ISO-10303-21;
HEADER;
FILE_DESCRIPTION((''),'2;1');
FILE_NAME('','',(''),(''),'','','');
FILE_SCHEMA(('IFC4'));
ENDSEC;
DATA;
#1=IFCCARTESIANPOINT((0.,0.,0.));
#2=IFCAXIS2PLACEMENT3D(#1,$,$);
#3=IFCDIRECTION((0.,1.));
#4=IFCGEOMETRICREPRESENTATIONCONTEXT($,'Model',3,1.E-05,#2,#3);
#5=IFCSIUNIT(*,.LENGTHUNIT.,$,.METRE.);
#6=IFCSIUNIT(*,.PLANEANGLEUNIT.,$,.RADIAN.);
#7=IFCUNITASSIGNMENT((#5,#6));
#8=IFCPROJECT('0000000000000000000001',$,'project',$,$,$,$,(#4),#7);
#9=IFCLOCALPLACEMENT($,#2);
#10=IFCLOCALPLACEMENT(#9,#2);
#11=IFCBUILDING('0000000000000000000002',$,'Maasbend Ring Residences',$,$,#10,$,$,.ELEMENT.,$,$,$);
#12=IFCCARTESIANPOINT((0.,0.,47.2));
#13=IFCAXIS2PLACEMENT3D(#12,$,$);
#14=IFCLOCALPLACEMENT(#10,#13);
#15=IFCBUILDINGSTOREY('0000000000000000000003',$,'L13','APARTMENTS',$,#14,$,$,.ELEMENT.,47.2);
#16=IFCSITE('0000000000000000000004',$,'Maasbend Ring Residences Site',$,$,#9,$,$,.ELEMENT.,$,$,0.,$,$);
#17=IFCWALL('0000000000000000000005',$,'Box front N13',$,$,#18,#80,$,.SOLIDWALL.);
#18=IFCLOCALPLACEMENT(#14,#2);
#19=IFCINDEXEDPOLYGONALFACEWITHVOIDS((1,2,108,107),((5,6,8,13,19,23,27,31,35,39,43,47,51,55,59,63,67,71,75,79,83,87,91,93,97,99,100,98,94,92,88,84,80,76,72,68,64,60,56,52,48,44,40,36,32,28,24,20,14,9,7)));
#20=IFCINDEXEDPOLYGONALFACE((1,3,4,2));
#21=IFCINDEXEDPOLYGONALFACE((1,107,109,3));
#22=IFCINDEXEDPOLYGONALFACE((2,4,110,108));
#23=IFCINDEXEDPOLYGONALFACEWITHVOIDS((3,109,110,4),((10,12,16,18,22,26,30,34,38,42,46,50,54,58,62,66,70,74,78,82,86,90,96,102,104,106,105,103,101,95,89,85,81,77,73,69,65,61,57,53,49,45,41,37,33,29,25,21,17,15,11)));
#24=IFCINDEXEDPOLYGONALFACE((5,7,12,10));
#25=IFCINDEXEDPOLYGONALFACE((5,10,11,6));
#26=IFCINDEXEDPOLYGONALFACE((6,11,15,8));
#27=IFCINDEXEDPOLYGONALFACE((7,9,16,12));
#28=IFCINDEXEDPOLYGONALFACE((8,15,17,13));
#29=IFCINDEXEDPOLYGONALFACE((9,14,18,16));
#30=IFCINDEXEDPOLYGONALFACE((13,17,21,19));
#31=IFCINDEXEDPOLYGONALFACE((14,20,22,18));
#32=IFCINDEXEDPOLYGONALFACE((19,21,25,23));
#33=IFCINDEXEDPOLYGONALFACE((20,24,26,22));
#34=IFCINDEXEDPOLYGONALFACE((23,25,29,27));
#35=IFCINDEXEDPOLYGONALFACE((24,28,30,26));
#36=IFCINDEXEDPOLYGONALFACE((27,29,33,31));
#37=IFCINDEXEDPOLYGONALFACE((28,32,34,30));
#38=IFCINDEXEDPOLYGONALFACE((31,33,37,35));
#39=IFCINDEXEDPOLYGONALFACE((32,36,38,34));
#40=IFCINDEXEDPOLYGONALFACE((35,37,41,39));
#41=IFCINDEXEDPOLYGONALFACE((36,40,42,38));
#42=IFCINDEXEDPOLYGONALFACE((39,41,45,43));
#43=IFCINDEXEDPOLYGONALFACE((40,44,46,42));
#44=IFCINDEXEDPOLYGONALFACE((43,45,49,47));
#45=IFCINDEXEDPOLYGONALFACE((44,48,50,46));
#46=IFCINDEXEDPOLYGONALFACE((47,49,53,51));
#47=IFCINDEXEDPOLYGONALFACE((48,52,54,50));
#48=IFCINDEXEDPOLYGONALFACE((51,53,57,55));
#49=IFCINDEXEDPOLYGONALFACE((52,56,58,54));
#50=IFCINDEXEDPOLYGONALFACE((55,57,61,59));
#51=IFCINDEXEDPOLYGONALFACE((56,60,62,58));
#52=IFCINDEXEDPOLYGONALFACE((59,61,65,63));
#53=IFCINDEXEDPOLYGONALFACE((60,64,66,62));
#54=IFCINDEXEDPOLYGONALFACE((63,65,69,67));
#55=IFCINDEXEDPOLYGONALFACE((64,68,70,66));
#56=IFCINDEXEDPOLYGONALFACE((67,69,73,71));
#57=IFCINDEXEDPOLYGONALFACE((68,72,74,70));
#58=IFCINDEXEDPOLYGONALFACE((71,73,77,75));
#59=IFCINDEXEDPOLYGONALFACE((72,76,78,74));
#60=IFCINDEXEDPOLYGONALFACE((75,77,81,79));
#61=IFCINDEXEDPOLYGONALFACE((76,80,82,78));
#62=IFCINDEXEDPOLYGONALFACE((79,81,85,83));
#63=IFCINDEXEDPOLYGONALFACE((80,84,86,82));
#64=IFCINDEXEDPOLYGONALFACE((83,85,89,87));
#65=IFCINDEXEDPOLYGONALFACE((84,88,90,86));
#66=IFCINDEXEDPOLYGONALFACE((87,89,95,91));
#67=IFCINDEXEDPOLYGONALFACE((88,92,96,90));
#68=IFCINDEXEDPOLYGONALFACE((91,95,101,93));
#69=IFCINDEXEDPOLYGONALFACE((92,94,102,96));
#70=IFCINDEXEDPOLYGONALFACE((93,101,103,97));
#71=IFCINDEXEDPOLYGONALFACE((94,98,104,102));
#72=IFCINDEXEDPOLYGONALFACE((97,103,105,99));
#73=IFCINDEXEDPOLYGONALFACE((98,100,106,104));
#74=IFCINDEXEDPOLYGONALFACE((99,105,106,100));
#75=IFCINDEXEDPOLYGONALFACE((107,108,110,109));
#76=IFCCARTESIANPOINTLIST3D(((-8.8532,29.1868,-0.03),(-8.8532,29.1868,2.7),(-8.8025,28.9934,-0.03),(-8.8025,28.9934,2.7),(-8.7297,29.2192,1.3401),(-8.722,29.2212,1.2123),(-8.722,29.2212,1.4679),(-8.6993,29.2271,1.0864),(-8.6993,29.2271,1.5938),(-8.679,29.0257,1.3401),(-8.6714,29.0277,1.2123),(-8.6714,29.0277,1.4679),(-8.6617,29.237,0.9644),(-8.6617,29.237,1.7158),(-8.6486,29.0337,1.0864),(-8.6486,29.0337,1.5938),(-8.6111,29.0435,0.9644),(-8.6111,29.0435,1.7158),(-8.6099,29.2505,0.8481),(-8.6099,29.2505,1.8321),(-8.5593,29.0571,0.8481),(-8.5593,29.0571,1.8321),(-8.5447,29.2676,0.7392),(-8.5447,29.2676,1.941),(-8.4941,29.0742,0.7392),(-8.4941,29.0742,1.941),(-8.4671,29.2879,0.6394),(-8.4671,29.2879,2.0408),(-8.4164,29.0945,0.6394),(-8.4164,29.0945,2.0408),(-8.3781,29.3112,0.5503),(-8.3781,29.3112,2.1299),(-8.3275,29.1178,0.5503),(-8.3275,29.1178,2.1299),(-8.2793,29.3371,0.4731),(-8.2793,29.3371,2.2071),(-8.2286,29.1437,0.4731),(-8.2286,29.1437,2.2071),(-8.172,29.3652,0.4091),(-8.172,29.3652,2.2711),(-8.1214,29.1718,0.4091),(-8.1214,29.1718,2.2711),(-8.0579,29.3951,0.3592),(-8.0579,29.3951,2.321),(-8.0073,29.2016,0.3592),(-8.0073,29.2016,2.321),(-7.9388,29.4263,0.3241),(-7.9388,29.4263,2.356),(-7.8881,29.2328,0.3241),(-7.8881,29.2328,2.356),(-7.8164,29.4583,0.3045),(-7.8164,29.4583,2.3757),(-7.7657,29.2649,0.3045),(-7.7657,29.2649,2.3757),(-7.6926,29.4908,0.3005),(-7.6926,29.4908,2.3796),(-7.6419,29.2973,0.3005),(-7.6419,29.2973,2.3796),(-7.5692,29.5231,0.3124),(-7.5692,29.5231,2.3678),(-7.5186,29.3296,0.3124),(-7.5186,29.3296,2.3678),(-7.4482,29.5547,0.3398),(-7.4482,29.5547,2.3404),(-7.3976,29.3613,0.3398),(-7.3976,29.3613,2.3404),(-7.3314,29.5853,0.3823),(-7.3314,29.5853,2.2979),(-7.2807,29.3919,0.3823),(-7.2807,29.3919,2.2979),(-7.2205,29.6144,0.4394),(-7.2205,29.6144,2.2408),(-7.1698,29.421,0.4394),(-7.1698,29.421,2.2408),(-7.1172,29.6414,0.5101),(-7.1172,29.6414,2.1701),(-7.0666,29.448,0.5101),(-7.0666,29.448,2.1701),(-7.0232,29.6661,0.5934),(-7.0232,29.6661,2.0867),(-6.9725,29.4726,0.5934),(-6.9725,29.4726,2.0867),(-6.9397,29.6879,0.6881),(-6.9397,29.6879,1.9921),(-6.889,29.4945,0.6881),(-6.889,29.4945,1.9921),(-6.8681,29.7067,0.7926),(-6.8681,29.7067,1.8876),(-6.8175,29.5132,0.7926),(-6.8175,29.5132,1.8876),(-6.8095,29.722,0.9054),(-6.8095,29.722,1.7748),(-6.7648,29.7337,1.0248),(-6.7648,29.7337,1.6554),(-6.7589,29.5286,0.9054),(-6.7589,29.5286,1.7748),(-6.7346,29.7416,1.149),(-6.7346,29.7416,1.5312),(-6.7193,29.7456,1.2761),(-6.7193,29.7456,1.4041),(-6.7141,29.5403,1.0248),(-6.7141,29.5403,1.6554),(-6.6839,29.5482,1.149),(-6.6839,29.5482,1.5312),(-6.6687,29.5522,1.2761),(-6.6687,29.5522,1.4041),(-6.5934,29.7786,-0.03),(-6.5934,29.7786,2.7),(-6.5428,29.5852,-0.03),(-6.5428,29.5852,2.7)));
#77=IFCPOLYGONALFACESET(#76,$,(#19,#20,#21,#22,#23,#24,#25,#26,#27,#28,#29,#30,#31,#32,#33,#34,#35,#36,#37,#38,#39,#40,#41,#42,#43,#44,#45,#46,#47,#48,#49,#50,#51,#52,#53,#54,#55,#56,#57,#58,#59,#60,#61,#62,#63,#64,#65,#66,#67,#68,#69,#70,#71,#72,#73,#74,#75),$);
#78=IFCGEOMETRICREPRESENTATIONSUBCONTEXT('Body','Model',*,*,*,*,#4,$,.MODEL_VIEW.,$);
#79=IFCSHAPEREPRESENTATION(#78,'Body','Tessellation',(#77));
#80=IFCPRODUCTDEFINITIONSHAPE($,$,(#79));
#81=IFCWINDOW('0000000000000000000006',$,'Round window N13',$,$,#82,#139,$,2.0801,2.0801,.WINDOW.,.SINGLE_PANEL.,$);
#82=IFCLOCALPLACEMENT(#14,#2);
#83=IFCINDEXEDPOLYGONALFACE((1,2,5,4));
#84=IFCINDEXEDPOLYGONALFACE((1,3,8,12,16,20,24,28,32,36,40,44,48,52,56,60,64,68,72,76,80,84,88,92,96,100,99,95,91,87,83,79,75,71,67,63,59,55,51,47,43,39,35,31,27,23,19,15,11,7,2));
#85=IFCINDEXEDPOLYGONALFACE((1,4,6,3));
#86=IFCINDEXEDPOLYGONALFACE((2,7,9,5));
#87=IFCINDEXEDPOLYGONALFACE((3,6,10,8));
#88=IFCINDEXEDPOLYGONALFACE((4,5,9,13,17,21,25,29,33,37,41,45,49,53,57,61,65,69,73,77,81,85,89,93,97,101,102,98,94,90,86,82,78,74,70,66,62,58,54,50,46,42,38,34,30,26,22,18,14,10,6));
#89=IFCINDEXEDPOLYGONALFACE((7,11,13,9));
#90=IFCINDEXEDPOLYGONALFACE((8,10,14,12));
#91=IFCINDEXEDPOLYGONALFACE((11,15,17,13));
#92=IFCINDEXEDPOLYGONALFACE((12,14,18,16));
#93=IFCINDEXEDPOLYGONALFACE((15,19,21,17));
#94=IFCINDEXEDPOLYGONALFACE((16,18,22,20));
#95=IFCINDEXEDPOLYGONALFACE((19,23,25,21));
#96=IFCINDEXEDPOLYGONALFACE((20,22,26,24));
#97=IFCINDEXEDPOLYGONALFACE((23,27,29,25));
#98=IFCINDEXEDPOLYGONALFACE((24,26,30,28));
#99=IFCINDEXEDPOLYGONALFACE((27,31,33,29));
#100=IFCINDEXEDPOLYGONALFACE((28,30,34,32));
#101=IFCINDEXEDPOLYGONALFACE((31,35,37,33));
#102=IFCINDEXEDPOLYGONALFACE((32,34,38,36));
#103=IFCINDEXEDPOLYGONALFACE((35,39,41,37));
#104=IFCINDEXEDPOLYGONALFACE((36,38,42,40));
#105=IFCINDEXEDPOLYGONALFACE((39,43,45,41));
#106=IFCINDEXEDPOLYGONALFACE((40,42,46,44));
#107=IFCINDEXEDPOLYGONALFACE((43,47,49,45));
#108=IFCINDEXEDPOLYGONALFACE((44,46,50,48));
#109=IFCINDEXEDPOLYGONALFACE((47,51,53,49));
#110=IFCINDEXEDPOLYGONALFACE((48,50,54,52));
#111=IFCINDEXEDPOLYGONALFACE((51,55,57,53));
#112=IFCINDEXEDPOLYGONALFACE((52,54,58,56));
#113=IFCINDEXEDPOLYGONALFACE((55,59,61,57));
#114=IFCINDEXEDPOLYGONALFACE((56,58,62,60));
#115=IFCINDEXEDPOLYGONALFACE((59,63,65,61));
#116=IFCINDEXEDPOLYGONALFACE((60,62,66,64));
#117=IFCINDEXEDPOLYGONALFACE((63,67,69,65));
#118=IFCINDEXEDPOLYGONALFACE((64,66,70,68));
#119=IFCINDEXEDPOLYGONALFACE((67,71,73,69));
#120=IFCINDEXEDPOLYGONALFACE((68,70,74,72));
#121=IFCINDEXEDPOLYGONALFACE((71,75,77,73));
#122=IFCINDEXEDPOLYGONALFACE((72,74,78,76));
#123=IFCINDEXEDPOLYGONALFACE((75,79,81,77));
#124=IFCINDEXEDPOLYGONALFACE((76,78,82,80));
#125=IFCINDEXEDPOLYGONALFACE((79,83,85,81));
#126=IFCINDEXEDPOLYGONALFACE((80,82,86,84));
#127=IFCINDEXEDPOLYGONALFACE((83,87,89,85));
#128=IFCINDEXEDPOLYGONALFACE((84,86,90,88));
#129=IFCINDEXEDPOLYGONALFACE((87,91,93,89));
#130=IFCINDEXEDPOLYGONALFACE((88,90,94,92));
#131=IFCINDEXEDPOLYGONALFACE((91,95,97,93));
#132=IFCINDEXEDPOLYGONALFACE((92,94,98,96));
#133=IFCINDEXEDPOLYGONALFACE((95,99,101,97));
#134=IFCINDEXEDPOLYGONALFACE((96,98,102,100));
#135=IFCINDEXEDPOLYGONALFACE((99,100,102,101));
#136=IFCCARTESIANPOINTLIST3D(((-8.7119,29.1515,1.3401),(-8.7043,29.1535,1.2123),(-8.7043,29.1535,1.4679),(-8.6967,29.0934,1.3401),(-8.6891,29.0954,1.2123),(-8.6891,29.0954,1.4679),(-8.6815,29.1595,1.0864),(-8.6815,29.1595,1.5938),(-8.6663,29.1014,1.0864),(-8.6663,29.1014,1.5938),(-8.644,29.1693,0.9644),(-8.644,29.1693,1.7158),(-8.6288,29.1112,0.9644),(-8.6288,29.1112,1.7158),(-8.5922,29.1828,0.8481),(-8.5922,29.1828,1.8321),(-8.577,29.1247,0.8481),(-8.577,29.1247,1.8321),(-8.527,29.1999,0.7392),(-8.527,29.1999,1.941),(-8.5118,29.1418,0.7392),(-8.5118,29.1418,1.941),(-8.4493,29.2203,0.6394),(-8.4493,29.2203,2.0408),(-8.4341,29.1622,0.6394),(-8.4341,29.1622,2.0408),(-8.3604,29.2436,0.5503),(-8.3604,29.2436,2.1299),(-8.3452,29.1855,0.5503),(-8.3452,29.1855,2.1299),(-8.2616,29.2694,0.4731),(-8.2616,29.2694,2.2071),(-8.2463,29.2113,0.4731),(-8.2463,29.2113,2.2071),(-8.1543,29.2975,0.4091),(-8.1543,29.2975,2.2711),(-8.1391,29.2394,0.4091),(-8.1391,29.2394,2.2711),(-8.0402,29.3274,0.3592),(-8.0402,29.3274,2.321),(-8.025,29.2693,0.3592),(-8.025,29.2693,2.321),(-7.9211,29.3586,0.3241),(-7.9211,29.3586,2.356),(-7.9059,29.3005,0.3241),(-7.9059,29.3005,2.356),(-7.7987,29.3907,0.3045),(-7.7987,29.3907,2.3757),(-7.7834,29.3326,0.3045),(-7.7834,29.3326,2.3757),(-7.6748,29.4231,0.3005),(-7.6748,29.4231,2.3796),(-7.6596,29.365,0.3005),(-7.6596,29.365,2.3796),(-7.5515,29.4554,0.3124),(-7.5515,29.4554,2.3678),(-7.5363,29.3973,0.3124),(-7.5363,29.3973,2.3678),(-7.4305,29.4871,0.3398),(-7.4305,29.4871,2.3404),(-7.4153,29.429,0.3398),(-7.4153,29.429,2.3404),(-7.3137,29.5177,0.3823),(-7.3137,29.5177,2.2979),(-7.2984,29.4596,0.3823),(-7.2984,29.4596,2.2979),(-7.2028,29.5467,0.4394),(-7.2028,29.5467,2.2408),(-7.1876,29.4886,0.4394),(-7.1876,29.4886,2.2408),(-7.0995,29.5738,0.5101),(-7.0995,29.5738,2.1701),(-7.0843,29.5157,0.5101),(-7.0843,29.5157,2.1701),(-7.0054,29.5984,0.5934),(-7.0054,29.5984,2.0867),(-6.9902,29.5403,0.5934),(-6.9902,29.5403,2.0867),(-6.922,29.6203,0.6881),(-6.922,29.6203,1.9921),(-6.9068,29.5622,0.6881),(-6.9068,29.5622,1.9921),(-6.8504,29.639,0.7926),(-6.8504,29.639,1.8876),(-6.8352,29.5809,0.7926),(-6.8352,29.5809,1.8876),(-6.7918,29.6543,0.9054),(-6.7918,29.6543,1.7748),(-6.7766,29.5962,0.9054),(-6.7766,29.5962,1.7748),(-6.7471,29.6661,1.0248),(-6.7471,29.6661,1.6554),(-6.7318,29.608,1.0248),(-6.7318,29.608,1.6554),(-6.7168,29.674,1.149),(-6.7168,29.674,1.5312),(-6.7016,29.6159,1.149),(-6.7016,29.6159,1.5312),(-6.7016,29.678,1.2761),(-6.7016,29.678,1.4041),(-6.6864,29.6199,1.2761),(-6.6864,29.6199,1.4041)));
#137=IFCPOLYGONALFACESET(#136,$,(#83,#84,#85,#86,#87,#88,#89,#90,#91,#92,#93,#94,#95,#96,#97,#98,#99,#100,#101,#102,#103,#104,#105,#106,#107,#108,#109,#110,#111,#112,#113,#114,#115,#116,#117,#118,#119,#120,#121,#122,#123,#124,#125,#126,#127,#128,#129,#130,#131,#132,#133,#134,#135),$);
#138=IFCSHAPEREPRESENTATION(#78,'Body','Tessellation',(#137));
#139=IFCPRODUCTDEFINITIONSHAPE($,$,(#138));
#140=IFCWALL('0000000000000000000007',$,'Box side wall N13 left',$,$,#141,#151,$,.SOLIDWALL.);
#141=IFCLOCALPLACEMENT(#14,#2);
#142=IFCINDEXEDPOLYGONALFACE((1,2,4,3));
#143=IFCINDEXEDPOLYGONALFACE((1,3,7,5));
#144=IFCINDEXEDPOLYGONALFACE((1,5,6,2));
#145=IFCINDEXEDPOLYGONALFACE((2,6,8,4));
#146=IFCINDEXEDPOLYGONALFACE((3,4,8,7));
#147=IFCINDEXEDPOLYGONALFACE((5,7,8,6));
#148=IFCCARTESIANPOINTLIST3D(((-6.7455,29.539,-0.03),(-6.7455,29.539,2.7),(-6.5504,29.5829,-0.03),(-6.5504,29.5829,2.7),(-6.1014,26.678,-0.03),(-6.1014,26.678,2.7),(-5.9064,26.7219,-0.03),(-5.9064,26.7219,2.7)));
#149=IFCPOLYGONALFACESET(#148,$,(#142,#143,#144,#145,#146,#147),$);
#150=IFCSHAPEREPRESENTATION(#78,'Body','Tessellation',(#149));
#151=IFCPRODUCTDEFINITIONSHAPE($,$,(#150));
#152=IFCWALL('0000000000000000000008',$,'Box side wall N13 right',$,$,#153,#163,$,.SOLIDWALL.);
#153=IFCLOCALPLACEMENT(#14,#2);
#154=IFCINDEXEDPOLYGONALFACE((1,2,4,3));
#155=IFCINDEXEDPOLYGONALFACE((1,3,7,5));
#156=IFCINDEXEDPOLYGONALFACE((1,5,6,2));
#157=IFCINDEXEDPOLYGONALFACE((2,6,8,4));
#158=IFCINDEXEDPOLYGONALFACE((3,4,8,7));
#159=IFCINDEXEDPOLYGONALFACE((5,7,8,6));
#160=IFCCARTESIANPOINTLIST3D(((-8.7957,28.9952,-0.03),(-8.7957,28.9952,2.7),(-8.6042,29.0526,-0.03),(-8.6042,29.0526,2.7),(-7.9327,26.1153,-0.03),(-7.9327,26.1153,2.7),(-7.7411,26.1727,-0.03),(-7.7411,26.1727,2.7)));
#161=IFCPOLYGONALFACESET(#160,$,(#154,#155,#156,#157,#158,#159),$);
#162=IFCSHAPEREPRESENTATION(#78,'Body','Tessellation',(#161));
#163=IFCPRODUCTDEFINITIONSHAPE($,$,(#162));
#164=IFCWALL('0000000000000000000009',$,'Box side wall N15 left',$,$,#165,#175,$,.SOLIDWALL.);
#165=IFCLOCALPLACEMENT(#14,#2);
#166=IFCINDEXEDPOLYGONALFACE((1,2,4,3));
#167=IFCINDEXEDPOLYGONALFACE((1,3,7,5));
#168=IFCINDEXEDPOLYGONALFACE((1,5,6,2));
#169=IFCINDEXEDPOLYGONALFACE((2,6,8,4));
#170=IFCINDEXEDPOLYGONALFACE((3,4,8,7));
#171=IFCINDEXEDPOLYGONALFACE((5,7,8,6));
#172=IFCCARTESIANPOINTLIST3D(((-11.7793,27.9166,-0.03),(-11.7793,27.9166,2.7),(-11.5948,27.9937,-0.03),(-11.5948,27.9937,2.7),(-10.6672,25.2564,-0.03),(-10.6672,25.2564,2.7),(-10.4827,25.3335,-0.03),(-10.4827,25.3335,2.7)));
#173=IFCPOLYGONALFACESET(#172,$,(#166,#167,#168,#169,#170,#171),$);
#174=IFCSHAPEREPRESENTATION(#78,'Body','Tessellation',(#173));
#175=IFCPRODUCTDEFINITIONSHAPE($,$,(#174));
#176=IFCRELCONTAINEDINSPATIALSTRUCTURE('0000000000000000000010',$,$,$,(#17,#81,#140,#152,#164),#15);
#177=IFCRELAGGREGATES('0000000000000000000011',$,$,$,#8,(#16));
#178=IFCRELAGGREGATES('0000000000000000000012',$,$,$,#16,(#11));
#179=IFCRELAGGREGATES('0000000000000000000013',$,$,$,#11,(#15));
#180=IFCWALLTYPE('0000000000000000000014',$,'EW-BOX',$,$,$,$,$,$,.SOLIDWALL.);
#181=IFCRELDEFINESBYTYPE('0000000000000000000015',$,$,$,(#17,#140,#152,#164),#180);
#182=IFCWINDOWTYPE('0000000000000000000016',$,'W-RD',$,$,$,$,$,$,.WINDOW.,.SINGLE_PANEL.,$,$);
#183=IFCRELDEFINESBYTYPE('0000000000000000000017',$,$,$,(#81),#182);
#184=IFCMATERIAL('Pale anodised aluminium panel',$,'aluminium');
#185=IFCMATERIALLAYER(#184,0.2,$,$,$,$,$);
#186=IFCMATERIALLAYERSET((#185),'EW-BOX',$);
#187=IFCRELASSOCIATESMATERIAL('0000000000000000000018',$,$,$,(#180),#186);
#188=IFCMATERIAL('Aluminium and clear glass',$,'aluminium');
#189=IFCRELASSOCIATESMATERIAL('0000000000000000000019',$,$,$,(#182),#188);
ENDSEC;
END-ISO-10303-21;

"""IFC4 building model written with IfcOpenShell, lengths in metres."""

from ifc_helpers import new_model, si_unit, direction, frame, frame_2d, origin, place, context, subcontext, project, spatial, rectangle, circle, extrude, material, layer, layer_set, type_object, element, fill, save


model = new_model("IFC4")

# Units and contexts
model_context = context("Model", 3, precision=1e-05, world=origin(), true_north=direction((0.0, 1.0)))
body_context = subcontext(model_context, "Body", "Model", "MODEL_VIEW")
ifc_project = project(units=[si_unit("LENGTHUNIT", "METRE"), si_unit("PLANEANGLEUNIT", "RADIAN")], contexts=[model_context])

# Site, building, storey
site_placement = place(None, origin())
site = spatial("IfcSite", under=ifc_project, at=site_placement, Name="Maasbend Ring Residences Site", CompositionType="ELEMENT", RefElevation=0.0)
building_placement = place(site_placement, origin())
building = spatial("IfcBuilding", under=site, at=building_placement, Name="Maasbend Ring Residences", CompositionType="ELEMENT")
storey_placement = place(building_placement, frame((0.0, 0.0, 47.2)))
storey = spatial("IfcBuildingStorey", under=building, at=storey_placement, Name="L13", Description="APARTMENTS", CompositionType="ELEMENT", Elevation=47.2)

# Shared definitions
ifc_material_1 = material(Name="Pale anodised aluminium panel", Category="aluminium")
ifc_layer_1 = layer(ifc_material_1, 0.2)
ifc_layer_set_1 = layer_set([ifc_layer_1], Name="EW-BOX")
wall_type_1 = type_object("IfcWallType", Name="EW-BOX", PredefinedType="SOLIDWALL", material=ifc_layer_set_1)

# Wall, opening, window
wall_1_placement = place(storey_placement, frame((-6.5681, 29.6819, -0.03), z_axis=(0.0, 0.0, 1.0), x_axis=(-0.967377, -0.253341, 0.0)))
wall_1 = element("IfcWall", 1, at=wall_1_placement, inside=storey, type_object=wall_type_1, Name="Box front N13", PredefinedType="SOLIDWALL", context=body_context, shape_type="SweptSolid", body=[
    extrude(rectangle(XDim=2.3359, YDim=0.2, at=frame_2d((1.168, 0.0))), origin(), (0.0, 0.0, 1.0), 2.73),
])
opening_1_placement = place(wall_1_placement, frame((0.1282, 0.0, 0.3301)))
opening_1 = element("IfcOpeningElement", 2, at=opening_1_placement, cuts=wall_1, PredefinedType="OPENING", context=body_context, shape_type="SweptSolid", body=[
    extrude(circle(Radius=1.04, at=frame_2d((1.04, 1.04))), frame((0.0, 0.1099, 0.0), z_axis=(0.0, -1.0, 0.0), x_axis=(1.0, 0.0, 0.0)), (0.0, 0.0, 1.0), 0.22),
])
ifc_material_2 = material(Name="Aluminium and clear glass", Category="aluminium")
window_type_1 = type_object("IfcWindowType", Name="W-RD", PartitioningType="SINGLE_PANEL", PredefinedType="WINDOW", material=ifc_material_2)
window_1_placement = place(opening_1_placement, origin())
window_1 = element("IfcWindow", 3, at=window_1_placement, inside=storey, type_object=window_type_1, Name="Round window N13", OverallHeight=2.0801, OverallWidth=2.0801, PartitioningType="SINGLE_PANEL", PredefinedType="WINDOW", context=body_context, shape_type="SweptSolid", body=[
    extrude(circle(Radius=1.04, at=frame_2d((1.04, 1.04))), frame((0.0, 0.03, 0.0), z_axis=(0.0, -1.0, 0.0), x_axis=(1.0, 0.0, 0.0)), (0.0, 0.0, 1.0), 0.0601),
])
fill(opening_1, window_1)

# Walls
wall_2_placement = place(storey_placement, frame((-6.0039, 26.7, -0.03), z_axis=(0.0, 0.0, 1.0), x_axis=(-0.219609, 0.975588, 0.0)))
element("IfcWall", 4, at=wall_2_placement, inside=storey, type_object=wall_type_1, Name="Box side wall N13 left", PredefinedType="SOLIDWALL", context=body_context, shape_type="SweptSolid", body=[
    extrude(rectangle(XDim=2.9326, YDim=0.2, at=frame_2d((1.4663, 0.0))), origin(), (0.0, 0.0, 1.0), 2.73),
])
wall_3_placement = place(storey_placement, frame((-7.8369, 26.144, -0.03), z_axis=(0.0, 0.0, 1.0), x_axis=(-0.287065, 0.957911, 0.0)))
element("IfcWall", 5, at=wall_3_placement, inside=storey, type_object=wall_type_1, Name="Box side wall N13 right", PredefinedType="SOLIDWALL", context=body_context, shape_type="SweptSolid", body=[
    extrude(rectangle(XDim=3.0063, YDim=0.2, at=frame_2d((1.5032, 0.0))), origin(), (0.0, 0.0, 1.0), 2.73),
])
wall_4_placement = place(storey_placement, frame((-10.575, 25.2949, -0.03), z_axis=(0.0, 0.0, 1.0), x_axis=(-0.385697, 0.922625, 0.0)))
element("IfcWall", 6, at=wall_4_placement, inside=storey, type_object=wall_type_1, Name="Box side wall N15 left", PredefinedType="SOLIDWALL", context=body_context, shape_type="SweptSolid", body=[
    extrude(rectangle(XDim=2.8833, YDim=0.2, at=frame_2d((1.4417, 0.0))), origin(), (0.0, 0.0, 1.0), 2.73),
])

save(model, "model.ifc")
